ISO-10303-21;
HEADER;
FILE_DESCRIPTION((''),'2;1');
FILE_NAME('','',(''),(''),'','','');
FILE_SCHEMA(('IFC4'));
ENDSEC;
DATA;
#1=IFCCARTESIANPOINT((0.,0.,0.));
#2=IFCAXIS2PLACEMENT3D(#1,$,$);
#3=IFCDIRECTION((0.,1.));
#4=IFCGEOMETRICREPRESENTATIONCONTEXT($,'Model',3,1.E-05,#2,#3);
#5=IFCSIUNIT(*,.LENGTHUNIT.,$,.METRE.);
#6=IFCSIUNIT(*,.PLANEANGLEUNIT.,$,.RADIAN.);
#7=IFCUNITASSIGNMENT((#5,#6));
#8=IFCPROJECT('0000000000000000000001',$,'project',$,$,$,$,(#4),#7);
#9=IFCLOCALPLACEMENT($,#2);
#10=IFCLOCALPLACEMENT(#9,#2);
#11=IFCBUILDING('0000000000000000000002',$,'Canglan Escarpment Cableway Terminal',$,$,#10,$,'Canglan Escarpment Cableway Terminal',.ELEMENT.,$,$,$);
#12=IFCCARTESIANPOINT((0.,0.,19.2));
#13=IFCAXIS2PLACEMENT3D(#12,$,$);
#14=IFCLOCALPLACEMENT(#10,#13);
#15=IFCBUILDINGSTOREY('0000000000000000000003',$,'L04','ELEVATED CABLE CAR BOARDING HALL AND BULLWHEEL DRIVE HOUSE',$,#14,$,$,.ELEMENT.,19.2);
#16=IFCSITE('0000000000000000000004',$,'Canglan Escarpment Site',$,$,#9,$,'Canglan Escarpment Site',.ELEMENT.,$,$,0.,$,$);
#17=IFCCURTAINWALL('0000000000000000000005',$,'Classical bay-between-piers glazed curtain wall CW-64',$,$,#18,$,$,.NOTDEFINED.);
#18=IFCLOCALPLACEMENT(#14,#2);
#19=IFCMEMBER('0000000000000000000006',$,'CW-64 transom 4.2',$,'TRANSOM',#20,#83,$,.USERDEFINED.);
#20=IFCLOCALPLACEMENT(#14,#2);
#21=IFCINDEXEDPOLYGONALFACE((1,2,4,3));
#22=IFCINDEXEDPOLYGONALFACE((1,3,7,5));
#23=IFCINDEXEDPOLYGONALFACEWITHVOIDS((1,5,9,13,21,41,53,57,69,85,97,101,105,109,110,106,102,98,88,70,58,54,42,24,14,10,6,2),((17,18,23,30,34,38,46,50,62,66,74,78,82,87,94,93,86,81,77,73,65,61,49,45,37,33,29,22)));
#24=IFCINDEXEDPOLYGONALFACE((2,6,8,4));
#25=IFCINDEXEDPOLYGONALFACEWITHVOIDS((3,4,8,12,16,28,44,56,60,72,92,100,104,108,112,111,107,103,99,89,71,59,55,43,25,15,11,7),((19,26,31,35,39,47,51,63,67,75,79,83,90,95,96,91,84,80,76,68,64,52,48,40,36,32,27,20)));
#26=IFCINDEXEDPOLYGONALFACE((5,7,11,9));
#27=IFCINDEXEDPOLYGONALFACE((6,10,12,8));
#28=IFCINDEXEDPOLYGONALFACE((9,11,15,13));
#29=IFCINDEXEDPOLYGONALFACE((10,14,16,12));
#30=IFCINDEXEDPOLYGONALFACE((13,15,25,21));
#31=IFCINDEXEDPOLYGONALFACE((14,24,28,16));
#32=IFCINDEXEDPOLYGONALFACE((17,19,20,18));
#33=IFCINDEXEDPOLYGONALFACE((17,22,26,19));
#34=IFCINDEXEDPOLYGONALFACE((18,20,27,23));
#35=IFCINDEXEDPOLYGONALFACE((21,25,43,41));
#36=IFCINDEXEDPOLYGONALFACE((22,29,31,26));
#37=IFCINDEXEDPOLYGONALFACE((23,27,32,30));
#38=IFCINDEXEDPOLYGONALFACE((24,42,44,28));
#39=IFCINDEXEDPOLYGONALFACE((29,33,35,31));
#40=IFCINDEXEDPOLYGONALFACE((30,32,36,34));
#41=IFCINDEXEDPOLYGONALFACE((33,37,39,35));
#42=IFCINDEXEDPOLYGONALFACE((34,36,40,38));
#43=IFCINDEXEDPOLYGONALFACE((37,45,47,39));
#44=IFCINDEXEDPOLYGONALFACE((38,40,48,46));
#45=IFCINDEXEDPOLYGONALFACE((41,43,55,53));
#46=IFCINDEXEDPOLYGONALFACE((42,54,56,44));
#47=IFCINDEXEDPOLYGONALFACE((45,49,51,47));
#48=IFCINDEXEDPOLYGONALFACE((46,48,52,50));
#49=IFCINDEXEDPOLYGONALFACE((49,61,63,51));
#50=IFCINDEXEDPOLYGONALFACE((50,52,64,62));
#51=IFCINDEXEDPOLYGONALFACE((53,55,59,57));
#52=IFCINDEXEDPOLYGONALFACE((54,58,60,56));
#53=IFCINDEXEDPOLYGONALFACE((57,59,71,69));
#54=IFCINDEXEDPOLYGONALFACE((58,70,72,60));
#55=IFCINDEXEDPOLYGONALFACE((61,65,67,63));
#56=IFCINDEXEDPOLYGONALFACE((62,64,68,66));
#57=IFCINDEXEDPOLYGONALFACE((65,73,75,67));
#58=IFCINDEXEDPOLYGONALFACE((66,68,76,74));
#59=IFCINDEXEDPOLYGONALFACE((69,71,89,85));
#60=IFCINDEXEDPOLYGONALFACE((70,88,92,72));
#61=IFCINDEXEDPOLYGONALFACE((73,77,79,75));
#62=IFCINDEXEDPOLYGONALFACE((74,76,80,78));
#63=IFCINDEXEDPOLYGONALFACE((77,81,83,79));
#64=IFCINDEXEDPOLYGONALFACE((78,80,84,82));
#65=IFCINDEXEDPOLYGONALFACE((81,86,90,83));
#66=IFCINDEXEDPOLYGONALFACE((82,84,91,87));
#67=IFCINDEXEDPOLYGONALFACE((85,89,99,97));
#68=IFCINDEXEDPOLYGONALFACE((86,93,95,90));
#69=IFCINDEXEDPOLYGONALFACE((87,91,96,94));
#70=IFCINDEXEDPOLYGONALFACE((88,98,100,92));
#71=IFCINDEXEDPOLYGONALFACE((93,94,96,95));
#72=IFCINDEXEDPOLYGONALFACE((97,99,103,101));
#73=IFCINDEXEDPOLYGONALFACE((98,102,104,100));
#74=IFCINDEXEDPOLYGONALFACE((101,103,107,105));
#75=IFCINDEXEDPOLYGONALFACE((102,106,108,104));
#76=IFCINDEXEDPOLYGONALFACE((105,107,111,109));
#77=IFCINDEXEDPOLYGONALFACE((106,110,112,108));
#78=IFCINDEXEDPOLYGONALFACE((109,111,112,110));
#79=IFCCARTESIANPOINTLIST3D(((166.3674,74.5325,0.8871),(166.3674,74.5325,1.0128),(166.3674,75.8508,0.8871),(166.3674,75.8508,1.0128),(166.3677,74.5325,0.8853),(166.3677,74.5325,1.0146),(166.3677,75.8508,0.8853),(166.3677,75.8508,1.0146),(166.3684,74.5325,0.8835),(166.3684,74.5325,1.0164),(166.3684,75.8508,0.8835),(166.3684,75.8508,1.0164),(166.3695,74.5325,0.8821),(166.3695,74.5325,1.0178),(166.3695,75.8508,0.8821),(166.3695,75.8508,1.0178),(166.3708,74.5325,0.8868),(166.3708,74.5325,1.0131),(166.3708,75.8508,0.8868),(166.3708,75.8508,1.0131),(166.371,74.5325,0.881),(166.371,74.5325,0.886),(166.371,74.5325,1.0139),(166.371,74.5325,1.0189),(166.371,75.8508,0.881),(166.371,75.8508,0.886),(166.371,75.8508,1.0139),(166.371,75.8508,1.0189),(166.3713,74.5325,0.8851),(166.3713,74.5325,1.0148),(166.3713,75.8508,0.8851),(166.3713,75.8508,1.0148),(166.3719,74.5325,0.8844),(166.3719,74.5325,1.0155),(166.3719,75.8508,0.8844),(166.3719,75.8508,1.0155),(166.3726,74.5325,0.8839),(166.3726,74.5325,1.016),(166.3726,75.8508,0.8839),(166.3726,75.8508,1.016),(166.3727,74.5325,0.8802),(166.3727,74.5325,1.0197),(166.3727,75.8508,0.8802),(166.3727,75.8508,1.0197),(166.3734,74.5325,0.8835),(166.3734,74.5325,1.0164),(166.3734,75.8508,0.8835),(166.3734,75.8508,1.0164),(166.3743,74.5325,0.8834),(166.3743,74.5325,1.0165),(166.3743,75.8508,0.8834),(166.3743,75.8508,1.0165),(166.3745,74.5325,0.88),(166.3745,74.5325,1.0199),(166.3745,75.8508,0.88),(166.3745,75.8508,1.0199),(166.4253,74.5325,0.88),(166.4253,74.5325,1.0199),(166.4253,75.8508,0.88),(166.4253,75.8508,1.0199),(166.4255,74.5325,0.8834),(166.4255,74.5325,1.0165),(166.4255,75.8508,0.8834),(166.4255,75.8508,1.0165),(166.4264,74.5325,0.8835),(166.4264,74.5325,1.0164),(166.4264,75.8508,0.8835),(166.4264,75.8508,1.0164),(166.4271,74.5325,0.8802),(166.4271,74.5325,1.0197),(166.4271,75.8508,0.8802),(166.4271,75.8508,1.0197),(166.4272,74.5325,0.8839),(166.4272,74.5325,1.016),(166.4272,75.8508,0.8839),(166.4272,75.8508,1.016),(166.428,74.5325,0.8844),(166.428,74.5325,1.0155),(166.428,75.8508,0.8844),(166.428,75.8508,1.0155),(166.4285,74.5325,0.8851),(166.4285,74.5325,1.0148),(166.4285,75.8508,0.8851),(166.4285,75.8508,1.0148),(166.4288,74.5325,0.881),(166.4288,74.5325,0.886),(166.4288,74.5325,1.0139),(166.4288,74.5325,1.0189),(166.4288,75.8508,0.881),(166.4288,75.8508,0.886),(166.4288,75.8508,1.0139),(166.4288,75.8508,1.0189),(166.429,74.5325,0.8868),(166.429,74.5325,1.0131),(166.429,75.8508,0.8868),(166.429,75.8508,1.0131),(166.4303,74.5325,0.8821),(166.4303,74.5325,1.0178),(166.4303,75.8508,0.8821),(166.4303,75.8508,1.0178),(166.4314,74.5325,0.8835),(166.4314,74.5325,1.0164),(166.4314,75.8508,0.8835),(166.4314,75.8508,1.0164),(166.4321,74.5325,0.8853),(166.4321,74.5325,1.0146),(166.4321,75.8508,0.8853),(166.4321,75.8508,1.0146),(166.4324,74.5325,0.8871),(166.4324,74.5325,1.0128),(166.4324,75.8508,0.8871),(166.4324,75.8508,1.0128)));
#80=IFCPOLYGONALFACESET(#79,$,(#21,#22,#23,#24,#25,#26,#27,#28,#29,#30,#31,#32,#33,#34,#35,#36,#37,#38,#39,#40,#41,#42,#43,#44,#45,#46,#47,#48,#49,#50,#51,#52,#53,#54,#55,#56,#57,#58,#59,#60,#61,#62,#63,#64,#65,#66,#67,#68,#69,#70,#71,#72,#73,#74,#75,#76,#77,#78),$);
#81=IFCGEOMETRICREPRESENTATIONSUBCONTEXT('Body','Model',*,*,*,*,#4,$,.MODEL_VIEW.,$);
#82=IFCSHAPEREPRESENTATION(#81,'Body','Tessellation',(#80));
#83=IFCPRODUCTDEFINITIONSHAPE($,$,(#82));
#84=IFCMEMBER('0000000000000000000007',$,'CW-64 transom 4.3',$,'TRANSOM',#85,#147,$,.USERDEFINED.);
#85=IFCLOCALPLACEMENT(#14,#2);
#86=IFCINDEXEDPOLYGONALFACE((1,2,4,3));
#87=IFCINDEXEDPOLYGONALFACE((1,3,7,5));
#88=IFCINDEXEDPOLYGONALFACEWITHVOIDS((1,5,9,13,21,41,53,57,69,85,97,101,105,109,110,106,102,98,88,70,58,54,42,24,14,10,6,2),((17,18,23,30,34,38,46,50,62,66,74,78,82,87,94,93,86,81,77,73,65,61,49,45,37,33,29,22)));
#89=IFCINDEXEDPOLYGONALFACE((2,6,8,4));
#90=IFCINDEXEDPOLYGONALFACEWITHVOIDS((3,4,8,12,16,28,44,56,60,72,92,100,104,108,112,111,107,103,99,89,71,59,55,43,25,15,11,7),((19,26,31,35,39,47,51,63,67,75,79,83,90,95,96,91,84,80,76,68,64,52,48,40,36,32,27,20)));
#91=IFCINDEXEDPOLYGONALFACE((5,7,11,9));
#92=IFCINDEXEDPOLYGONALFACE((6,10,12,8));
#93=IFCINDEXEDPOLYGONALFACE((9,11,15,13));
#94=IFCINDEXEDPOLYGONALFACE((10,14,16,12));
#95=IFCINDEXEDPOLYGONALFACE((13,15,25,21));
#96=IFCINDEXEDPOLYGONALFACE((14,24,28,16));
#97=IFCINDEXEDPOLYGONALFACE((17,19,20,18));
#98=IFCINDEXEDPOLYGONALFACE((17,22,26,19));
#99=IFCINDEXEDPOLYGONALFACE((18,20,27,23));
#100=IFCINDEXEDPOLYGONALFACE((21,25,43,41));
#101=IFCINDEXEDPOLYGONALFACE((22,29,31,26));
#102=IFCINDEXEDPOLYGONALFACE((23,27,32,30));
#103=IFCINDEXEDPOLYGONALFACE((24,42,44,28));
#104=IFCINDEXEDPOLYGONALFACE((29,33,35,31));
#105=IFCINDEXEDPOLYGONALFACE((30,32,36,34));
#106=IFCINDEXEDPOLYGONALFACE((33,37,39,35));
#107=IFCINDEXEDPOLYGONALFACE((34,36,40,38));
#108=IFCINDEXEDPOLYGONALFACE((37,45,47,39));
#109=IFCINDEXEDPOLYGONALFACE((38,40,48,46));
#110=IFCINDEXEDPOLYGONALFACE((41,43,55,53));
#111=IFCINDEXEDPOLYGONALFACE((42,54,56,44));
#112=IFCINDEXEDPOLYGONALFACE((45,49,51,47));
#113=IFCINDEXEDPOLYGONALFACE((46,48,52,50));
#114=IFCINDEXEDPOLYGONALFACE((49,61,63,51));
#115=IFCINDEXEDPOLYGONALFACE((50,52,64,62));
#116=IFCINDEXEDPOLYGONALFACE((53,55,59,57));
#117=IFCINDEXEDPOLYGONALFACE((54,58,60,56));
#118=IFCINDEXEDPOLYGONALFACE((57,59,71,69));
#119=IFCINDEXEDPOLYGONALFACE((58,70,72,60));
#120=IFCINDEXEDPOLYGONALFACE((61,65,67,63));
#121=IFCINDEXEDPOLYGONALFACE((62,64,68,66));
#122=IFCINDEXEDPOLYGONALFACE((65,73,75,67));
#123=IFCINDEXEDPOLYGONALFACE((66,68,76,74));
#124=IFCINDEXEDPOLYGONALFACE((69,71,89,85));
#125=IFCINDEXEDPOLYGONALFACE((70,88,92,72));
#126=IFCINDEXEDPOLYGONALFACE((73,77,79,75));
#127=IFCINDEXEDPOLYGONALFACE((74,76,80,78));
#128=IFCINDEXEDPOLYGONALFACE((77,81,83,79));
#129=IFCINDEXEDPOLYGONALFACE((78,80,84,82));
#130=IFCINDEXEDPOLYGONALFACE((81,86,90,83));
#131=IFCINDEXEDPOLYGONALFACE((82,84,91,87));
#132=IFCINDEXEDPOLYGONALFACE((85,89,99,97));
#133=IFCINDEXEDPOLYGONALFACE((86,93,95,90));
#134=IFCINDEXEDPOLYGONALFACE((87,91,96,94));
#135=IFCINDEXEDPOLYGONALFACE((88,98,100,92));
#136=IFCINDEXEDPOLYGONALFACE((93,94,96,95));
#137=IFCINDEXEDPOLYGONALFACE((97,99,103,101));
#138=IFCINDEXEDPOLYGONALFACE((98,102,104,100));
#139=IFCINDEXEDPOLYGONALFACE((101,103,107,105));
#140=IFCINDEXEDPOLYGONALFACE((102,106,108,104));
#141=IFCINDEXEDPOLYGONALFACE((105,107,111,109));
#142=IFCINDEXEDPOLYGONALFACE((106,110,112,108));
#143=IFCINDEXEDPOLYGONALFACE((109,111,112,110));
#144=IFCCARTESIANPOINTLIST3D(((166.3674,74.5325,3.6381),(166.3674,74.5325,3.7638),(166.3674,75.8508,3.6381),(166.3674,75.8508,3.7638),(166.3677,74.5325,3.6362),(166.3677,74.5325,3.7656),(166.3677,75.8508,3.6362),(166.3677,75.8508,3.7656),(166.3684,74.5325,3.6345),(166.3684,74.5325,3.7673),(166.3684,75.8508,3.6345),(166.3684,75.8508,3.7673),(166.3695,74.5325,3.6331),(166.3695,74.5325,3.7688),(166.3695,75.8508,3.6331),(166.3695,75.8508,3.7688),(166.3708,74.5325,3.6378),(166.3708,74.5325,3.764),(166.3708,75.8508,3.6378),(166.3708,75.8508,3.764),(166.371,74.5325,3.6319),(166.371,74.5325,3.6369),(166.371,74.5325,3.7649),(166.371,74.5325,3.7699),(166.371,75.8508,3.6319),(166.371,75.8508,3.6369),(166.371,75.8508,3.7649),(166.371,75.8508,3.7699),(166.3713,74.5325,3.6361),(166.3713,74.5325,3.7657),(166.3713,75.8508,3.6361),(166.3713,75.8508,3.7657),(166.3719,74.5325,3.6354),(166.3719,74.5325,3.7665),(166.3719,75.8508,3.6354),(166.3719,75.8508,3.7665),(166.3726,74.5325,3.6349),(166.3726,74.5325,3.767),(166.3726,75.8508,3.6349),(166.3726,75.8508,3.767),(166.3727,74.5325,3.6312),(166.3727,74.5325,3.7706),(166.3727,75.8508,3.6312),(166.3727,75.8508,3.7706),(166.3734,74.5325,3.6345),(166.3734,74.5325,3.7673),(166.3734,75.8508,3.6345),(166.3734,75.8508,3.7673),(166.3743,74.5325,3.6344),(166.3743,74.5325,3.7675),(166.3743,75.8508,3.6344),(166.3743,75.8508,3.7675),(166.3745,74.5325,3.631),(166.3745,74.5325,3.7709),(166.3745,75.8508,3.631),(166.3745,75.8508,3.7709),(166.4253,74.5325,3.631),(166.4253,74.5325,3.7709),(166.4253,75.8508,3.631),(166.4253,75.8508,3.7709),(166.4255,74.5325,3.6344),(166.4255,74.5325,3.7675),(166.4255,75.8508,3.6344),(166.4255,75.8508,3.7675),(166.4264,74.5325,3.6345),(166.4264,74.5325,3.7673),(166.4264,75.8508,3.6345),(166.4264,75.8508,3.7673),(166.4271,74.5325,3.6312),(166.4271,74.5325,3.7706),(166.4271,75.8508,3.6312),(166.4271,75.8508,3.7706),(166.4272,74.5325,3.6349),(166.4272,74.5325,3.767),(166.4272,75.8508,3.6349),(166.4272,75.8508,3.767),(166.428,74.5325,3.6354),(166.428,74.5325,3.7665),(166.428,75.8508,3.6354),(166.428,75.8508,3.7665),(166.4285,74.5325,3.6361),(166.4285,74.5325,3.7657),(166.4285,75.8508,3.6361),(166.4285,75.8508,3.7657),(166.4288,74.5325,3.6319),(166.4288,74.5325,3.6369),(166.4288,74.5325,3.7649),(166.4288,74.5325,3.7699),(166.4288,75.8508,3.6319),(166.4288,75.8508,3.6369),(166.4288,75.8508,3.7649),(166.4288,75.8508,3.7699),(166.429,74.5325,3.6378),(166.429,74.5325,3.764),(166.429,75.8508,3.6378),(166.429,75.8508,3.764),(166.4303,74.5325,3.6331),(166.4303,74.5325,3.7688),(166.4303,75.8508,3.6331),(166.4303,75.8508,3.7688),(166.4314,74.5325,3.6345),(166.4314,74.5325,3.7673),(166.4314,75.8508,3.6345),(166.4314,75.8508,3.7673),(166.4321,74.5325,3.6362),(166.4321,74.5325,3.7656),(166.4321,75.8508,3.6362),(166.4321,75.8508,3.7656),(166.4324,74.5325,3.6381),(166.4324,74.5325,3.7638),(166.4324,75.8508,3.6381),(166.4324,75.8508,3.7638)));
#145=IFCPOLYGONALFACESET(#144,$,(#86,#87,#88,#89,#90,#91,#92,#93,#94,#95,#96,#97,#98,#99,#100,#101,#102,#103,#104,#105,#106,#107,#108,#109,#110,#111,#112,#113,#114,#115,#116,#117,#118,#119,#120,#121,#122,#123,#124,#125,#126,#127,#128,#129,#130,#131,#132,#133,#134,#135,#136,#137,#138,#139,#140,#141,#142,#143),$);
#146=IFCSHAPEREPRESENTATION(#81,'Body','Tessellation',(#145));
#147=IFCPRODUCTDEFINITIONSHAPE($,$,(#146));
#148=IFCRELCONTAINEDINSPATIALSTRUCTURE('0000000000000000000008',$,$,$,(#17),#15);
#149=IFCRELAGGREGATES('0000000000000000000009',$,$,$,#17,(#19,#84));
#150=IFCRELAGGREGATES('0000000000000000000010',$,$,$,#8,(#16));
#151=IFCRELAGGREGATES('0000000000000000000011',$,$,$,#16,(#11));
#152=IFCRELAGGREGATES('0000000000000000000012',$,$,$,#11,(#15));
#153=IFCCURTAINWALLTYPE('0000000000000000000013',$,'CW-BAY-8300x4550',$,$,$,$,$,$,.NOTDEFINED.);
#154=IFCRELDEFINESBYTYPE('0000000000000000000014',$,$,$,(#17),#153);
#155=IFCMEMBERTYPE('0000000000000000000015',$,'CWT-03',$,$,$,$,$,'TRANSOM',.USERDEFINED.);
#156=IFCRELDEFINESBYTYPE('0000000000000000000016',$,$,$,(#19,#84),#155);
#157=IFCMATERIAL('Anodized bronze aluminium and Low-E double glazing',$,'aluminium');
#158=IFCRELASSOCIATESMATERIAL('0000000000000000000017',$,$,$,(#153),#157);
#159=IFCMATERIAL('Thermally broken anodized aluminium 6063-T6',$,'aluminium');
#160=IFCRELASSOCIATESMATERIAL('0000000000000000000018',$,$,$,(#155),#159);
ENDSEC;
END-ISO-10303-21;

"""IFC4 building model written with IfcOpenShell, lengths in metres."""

from ifc_helpers import new_model, si_unit, direction, frame, origin, origin_2d, place, context, subcontext, project, spatial, hollow_rectangle, extrude, material, material_profile, profile_set, type_object, element, aggregate, save


model = new_model("IFC4")

# Units and contexts
model_context = context("Model", 3, precision=1e-05, world=origin(), true_north=direction((0.0, 1.0)))
body_context = subcontext(model_context, "Body", "Model", "MODEL_VIEW")
ifc_project = project(units=[si_unit("LENGTHUNIT", "METRE"), si_unit("PLANEANGLEUNIT", "RADIAN")], contexts=[model_context])

# Site, building, storey
site_placement = place(None, origin())
site = spatial("IfcSite", under=ifc_project, at=site_placement, Name="Canglan Escarpment Site", LongName="Canglan Escarpment Site", CompositionType="ELEMENT", RefElevation=0.0)
building_placement = place(site_placement, origin())
building = spatial("IfcBuilding", under=site, at=building_placement, Name="Canglan Escarpment Cableway Terminal", LongName="Canglan Escarpment Cableway Terminal", CompositionType="ELEMENT")
storey_placement = place(building_placement, frame((0.0, 0.0, 19.2)))
storey = spatial("IfcBuildingStorey", under=building, at=storey_placement, Name="L04", Description="ELEVATED CABLE CAR BOARDING HALL AND BULLWHEEL DRIVE HOUSE", CompositionType="ELEMENT", Elevation=19.2)

# Curtain wall, members
ifc_material_1 = material(Name="Anodized bronze aluminium and Low-E double glazing", Category="aluminium")
curtain_wall_type = type_object("IfcCurtainWallType", Name="CW-BAY-8300x4550", PredefinedType="NOTDEFINED", material=ifc_material_1)
curtain_wall_placement = place(storey_placement, origin())
curtain_wall = element("IfcCurtainWall", 1, at=curtain_wall_placement, inside=storey, type_object=curtain_wall_type, Name="Classical bay-between-piers glazed curtain wall CW-64", PredefinedType="NOTDEFINED")
ifc_material_2 = material(Name="Thermally broken anodized aluminium 6063-T6", Category="aluminium")
ifc_material_profile_1 = material_profile(ifc_material_2, hollow_rectangle(XDim=0.0649, YDim=0.1399, WallThickness=0.0034, InnerFilletRadius=0.0034, OuterFilletRadius=0.0071, at=origin_2d()), Name="ALU-TRAN 65x140x3.5")
ifc_profile_set_1 = profile_set([ifc_material_profile_1], Name="Thermally broken anodized aluminium 6063-T6")
member_type_1 = type_object("IfcMemberType", Name="CWT-03", ElementType="TRANSOM", PredefinedType="USERDEFINED", material=ifc_profile_set_1)
member_1_placement = place(storey_placement, frame((166.3999, 74.5325, 0.95), z_axis=(0.0, 1.0, 0.0), x_axis=(-1.0, 0.0, 0.0)))
member_1 = element("IfcMember", 2, at=member_1_placement, type_object=member_type_1, Name="CW-64 transom 4.2", ObjectType="TRANSOM", PredefinedType="USERDEFINED", context=body_context, shape_type="SweptSolid", body=[
    extrude(hollow_rectangle(XDim=0.0649, YDim=0.1399, WallThickness=0.0034, InnerFilletRadius=0.0034, OuterFilletRadius=0.0071, at=origin_2d()), origin(), (0.0, 0.0, 1.0), 1.3184),
])
member_2_placement = place(storey_placement, frame((166.3999, 74.5325, 3.7009), z_axis=(0.0, 1.0, 0.0), x_axis=(-1.0, 0.0, 0.0)))
member_2 = element("IfcMember", 3, at=member_2_placement, type_object=member_type_1, Name="CW-64 transom 4.3", ObjectType="TRANSOM", PredefinedType="USERDEFINED", context=body_context, shape_type="SweptSolid", body=[
    extrude(hollow_rectangle(XDim=0.0649, YDim=0.1399, WallThickness=0.0034, InnerFilletRadius=0.0034, OuterFilletRadius=0.0071, at=origin_2d()), origin(), (0.0, 0.0, 1.0), 1.3184),
])
aggregate(curtain_wall, [member_1, member_2])

save(model, "model.ifc")
